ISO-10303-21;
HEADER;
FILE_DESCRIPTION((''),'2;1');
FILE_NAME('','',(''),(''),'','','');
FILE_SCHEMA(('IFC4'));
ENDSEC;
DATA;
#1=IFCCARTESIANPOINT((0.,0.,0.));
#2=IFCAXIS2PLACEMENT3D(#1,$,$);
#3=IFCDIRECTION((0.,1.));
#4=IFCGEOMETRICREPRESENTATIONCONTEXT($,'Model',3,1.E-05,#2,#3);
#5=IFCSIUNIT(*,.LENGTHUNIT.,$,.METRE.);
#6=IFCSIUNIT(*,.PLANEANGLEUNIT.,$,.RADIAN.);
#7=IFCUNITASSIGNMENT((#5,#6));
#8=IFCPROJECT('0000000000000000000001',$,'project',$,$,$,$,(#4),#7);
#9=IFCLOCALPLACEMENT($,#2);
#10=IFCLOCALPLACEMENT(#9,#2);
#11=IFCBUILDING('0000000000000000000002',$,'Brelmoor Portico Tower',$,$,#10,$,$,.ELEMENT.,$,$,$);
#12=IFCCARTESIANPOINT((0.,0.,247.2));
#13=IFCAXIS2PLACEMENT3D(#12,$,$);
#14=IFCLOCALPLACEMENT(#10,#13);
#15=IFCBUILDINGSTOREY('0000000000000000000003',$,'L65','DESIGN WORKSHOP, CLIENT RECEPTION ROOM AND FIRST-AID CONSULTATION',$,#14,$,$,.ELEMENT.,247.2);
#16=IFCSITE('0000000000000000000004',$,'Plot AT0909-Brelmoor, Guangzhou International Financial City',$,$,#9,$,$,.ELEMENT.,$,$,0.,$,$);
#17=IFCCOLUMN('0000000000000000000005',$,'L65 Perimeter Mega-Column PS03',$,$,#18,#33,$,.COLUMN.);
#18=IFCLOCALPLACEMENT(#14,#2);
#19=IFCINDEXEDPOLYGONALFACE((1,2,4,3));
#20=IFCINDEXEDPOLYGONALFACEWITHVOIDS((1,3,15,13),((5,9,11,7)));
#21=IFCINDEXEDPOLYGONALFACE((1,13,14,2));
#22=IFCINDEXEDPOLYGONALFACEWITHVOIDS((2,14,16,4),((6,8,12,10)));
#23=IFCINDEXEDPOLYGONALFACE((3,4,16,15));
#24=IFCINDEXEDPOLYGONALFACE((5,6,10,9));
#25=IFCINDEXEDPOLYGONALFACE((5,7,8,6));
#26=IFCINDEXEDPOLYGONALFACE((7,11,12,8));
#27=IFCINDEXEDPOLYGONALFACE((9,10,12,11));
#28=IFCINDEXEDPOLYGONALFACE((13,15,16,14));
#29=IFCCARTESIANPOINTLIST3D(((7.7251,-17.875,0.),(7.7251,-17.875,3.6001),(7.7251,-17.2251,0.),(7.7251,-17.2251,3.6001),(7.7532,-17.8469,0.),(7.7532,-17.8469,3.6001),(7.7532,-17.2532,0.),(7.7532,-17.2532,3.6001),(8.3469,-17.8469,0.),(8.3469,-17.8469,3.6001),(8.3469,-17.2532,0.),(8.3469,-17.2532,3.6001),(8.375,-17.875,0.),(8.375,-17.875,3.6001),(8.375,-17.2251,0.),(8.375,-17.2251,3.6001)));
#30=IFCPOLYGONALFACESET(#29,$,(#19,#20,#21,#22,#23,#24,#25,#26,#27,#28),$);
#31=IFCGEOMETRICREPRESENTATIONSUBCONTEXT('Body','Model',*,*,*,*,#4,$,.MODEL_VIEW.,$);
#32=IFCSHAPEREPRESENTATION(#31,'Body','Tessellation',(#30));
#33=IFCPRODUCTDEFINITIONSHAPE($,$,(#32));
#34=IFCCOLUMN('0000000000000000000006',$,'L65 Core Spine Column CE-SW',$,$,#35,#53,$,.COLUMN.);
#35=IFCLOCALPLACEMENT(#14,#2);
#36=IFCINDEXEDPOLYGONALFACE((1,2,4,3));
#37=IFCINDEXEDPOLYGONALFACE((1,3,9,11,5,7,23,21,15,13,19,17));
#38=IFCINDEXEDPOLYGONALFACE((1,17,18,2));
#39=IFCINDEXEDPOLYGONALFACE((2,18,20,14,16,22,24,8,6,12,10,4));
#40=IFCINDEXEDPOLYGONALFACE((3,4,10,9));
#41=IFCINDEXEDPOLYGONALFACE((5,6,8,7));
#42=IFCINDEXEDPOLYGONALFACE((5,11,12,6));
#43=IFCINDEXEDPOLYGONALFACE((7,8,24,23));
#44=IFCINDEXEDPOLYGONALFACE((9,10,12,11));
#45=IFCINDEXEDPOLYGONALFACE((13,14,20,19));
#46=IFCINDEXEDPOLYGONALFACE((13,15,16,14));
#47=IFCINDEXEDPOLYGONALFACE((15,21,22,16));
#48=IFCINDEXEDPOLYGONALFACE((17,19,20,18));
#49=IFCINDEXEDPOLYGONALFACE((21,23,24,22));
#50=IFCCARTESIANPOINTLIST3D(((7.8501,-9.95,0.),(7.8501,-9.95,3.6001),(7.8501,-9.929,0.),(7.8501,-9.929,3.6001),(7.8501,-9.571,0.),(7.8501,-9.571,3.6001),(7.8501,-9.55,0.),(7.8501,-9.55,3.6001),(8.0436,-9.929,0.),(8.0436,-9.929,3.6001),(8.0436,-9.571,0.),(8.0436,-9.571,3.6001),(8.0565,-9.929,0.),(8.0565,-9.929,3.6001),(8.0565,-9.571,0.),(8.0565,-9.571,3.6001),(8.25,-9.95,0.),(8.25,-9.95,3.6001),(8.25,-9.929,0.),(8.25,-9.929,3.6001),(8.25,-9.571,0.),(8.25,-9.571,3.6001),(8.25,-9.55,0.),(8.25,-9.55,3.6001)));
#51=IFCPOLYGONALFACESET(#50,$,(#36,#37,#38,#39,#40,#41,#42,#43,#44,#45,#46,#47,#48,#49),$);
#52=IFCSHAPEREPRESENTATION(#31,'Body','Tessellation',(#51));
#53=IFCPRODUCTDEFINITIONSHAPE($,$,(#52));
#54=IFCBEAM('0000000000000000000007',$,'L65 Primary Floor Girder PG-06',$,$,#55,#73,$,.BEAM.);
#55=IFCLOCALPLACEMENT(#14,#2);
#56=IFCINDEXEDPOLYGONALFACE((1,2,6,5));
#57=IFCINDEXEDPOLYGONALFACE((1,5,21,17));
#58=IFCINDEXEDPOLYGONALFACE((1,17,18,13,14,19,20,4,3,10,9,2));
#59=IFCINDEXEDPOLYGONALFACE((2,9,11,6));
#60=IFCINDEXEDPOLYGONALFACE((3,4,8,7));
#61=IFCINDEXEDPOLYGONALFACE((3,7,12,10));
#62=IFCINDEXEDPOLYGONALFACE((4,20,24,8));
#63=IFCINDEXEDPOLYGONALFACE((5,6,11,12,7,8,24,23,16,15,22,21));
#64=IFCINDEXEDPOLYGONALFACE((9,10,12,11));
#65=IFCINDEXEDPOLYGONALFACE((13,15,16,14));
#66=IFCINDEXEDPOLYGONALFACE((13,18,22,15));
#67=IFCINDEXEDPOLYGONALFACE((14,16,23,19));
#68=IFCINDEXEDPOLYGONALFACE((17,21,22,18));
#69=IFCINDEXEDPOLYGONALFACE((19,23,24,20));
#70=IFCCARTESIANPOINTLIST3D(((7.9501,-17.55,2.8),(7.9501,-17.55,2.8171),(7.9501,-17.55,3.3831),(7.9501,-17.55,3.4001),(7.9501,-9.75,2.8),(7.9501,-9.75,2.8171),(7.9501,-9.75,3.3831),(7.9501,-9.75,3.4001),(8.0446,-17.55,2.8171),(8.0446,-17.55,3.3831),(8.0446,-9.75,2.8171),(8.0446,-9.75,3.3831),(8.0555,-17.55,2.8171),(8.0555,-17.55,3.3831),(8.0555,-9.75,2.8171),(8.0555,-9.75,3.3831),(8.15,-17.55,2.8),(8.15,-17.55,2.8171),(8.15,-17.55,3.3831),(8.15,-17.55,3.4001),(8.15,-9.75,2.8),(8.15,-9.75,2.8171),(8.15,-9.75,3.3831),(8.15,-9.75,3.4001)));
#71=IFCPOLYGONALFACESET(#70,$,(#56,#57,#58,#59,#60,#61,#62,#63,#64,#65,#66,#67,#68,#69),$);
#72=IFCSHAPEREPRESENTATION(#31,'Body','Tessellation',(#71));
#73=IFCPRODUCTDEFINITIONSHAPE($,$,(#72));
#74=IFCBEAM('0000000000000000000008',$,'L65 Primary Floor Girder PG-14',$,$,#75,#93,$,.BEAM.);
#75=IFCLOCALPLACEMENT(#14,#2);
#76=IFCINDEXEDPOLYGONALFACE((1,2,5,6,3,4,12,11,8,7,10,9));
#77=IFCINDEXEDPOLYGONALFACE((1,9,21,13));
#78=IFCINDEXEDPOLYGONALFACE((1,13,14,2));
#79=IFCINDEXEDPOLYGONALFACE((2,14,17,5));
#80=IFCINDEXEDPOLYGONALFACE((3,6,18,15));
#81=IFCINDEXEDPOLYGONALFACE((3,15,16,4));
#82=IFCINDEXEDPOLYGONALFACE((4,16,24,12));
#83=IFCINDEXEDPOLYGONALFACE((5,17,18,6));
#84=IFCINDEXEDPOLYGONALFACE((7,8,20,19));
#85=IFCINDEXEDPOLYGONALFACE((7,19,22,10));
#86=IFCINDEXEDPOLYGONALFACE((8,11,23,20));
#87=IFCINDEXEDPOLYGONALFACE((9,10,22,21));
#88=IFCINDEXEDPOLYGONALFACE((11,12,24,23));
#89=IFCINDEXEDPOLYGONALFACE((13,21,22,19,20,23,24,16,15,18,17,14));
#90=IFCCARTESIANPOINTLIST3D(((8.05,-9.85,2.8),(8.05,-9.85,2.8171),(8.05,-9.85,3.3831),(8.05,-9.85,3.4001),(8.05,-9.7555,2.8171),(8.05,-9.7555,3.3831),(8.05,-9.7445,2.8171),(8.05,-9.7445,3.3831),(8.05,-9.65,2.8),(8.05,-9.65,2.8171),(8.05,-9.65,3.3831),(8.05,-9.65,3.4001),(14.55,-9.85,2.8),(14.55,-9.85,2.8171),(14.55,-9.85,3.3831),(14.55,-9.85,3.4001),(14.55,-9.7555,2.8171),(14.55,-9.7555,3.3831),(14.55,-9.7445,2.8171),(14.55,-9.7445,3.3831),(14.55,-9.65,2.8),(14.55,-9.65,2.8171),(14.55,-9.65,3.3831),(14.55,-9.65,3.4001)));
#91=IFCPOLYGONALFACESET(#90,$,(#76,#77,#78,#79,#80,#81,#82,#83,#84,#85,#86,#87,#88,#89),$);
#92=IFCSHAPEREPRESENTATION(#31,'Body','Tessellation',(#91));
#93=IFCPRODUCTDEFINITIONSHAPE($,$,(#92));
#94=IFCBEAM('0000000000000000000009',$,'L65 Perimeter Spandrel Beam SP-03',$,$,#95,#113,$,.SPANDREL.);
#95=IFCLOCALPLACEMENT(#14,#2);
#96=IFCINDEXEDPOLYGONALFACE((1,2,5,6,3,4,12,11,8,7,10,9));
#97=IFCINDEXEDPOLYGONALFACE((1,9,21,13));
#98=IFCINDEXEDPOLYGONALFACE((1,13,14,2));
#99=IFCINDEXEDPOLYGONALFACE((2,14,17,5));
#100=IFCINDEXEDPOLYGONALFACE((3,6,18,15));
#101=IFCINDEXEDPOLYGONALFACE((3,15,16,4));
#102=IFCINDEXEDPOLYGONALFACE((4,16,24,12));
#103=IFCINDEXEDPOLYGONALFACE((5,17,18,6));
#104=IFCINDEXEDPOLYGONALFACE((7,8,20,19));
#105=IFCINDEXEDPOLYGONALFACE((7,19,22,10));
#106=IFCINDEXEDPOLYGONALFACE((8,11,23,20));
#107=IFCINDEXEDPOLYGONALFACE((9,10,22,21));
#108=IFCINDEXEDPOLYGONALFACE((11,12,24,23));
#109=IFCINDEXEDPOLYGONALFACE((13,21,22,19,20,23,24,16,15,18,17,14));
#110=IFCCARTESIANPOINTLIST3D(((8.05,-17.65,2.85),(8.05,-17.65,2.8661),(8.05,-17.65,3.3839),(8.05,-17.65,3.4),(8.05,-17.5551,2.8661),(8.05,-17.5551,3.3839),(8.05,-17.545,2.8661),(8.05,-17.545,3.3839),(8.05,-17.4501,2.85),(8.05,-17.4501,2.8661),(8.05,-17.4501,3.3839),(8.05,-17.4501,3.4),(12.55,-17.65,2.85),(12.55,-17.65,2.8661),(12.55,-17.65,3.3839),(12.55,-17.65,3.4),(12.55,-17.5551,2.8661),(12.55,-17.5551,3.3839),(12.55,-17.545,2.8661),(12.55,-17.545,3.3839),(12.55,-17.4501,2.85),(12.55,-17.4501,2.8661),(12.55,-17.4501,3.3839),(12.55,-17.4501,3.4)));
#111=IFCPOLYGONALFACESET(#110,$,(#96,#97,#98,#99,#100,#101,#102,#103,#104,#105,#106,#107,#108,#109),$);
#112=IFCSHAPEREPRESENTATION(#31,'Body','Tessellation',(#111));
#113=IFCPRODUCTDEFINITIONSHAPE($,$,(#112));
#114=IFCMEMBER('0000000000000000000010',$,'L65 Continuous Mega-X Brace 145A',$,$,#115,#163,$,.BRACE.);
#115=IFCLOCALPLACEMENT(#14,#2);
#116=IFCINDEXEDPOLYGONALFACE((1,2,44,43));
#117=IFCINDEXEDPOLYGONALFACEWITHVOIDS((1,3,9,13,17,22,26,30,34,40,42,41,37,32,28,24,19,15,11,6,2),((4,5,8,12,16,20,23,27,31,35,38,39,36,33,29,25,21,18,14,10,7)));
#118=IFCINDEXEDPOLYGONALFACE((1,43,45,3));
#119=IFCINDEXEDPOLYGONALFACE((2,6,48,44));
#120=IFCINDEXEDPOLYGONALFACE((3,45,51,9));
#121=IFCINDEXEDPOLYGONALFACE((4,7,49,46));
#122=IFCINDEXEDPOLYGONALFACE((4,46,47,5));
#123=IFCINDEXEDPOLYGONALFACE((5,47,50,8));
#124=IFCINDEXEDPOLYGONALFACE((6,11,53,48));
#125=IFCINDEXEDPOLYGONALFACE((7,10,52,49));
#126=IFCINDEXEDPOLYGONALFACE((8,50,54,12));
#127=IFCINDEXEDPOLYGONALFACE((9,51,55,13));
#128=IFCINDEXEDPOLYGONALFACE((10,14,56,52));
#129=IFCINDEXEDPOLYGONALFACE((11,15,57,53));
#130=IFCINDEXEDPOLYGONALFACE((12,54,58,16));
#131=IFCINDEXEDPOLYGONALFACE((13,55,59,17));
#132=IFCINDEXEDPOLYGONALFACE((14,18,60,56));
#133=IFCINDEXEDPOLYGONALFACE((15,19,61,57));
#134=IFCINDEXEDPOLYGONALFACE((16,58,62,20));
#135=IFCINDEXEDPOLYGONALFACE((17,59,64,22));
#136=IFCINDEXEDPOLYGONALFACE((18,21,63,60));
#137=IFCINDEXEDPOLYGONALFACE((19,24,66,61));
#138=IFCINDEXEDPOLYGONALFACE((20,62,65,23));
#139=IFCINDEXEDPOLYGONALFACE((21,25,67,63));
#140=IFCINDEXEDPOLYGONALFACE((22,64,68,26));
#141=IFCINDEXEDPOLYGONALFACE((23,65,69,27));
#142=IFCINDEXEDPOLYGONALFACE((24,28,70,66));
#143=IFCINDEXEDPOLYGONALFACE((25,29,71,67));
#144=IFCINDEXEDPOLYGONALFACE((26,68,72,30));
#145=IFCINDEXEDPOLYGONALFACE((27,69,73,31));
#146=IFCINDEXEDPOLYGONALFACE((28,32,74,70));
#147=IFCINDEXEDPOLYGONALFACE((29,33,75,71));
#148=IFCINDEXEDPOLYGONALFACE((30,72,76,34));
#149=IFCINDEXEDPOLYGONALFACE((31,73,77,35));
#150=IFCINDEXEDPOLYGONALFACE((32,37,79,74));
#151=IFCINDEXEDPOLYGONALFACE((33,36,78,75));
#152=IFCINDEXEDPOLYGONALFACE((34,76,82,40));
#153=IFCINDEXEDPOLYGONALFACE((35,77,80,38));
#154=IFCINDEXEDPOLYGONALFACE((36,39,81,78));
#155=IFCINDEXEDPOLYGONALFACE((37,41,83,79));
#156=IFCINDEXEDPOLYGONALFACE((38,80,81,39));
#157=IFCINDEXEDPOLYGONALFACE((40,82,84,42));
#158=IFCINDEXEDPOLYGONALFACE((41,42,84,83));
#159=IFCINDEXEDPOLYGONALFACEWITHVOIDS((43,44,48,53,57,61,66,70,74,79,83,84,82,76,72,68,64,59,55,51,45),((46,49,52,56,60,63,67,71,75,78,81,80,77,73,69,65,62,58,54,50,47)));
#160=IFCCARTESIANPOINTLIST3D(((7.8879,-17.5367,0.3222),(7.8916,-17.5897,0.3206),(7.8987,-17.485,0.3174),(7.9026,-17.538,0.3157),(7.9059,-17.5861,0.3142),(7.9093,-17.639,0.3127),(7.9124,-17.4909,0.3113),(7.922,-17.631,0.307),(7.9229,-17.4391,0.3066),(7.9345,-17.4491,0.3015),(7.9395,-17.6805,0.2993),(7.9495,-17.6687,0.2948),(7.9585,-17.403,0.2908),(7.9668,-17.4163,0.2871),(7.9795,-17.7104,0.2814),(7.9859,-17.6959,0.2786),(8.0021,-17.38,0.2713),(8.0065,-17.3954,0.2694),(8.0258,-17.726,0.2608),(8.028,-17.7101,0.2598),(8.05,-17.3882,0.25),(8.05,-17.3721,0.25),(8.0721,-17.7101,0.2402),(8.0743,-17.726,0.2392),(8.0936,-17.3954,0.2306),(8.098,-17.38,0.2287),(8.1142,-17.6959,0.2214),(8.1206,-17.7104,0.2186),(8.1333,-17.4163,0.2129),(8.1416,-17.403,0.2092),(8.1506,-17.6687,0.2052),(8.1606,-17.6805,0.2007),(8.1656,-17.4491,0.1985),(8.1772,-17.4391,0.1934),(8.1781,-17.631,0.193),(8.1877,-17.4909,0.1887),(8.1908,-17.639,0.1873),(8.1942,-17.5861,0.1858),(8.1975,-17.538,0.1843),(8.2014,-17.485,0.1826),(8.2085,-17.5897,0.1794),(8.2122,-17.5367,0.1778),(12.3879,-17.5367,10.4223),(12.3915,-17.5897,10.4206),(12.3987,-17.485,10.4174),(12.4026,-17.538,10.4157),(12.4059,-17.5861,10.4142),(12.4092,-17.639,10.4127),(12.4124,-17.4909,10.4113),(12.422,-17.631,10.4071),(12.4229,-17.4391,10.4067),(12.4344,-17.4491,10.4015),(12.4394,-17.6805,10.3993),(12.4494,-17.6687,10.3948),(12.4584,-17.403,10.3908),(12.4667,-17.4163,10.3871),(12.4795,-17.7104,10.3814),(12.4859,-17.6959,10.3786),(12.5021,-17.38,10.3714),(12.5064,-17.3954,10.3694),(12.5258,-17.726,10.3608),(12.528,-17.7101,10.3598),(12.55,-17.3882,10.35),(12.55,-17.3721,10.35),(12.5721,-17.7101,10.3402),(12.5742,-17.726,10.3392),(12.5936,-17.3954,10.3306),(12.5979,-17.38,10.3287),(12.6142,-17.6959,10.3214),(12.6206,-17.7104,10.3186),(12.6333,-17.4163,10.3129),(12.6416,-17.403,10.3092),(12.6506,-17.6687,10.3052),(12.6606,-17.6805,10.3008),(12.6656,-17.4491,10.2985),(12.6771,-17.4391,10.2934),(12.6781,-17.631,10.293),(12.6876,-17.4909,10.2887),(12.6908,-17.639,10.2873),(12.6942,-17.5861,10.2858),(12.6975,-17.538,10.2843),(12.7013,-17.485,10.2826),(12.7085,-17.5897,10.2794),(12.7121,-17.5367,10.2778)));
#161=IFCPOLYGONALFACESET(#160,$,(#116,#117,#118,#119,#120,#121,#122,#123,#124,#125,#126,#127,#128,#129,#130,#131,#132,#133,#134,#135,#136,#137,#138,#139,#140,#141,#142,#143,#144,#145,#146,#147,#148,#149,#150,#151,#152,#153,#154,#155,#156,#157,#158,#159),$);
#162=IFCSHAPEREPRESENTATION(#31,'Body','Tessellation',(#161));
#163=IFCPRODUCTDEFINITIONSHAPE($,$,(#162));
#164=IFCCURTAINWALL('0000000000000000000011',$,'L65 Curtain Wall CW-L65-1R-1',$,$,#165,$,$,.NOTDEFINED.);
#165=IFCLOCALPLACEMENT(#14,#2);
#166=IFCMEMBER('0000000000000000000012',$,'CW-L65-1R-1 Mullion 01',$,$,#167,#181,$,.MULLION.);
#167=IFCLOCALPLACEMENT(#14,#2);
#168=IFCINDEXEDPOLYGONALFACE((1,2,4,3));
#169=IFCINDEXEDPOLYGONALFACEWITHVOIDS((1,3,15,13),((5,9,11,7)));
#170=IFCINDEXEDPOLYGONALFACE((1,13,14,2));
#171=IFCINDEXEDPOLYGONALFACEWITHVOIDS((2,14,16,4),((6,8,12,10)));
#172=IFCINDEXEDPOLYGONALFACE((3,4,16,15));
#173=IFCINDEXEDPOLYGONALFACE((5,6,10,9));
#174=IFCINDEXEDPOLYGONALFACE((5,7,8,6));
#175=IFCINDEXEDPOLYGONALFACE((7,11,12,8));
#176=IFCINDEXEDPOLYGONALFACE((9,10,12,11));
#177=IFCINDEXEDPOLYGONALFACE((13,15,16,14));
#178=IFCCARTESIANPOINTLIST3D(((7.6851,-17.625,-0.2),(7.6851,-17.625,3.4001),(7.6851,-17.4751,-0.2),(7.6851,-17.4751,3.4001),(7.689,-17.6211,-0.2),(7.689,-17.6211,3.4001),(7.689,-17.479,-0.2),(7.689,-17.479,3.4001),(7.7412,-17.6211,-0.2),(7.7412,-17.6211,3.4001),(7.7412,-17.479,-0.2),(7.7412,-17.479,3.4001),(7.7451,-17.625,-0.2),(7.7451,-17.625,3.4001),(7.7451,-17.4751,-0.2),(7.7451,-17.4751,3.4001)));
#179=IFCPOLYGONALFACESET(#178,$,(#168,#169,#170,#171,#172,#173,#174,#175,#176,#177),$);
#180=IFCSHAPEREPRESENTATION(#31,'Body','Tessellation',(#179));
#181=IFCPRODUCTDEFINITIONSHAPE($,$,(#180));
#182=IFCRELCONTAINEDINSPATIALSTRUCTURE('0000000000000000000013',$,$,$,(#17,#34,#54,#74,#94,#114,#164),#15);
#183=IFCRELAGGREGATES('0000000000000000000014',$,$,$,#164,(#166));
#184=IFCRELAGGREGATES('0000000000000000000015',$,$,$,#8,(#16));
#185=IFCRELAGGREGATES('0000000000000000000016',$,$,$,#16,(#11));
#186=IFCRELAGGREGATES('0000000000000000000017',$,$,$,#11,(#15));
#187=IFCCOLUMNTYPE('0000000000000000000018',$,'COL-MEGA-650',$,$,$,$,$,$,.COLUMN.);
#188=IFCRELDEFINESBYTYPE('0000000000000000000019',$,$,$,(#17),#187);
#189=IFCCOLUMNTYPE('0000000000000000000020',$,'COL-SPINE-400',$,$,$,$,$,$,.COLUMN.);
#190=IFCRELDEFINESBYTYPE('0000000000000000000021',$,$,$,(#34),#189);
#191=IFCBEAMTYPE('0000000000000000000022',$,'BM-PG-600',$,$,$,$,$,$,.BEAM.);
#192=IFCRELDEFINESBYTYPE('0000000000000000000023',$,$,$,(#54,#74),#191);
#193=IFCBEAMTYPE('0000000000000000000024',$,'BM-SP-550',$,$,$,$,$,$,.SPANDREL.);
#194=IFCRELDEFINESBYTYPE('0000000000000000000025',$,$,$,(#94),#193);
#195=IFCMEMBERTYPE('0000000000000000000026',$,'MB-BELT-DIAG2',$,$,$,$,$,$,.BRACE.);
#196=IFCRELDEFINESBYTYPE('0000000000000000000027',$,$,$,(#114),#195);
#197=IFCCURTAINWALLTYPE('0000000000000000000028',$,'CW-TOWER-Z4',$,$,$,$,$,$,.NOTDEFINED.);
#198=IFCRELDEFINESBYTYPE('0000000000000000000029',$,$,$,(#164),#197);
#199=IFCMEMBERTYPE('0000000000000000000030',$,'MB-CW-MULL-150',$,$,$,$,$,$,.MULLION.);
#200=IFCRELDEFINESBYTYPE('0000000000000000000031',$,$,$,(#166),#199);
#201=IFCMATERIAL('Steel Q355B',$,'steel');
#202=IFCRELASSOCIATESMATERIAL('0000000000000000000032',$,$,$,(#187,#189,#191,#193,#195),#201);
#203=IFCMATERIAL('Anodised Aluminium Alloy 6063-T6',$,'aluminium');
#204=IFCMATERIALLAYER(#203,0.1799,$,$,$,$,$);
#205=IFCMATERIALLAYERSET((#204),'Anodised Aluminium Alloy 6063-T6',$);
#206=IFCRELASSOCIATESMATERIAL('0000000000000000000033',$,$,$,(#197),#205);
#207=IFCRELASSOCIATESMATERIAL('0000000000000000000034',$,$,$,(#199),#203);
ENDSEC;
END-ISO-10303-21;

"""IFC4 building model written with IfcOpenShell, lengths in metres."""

from ifc_helpers import new_model, si_unit, direction, frame, origin, origin_2d, place, context, subcontext, project, spatial, hollow_rectangle, hollow_circle, i_section, extrude, material, layer, layer_set, material_profile, profile_set, type_object, element, aggregate, save


model = new_model("IFC4")

# Units and contexts
model_context = context("Model", 3, precision=1e-05, world=origin(), true_north=direction((0.0, 1.0)))
body_context = subcontext(model_context, "Body", "Model", "MODEL_VIEW")
ifc_project = project(units=[si_unit("LENGTHUNIT", "METRE"), si_unit("PLANEANGLEUNIT", "RADIAN")], contexts=[model_context])

# Site, building, storey
site_placement = place(None, origin())
site = spatial("IfcSite", under=ifc_project, at=site_placement, Name="Plot AT0909-Brelmoor, Guangzhou International Financial City", CompositionType="ELEMENT", RefElevation=0.0)
building_placement = place(site_placement, origin())
building = spatial("IfcBuilding", under=site, at=building_placement, Name="Brelmoor Portico Tower", CompositionType="ELEMENT")
storey_placement = place(building_placement, frame((0.0, 0.0, 247.2)))
storey = spatial("IfcBuildingStorey", under=building, at=storey_placement, Name="L65", Description="DESIGN WORKSHOP, CLIENT RECEPTION ROOM AND FIRST-AID CONSULTATION", CompositionType="ELEMENT", Elevation=247.2)

# Columns
ifc_material_1 = material(Name="Steel Q355B", Category="steel")
ifc_material_profile_1 = material_profile(ifc_material_1, hollow_rectangle(XDim=0.6499, YDim=0.6499, WallThickness=0.0281, at=origin_2d()), Name="BOX 650x650x28")
ifc_profile_set_1 = profile_set([ifc_material_profile_1], Name="Steel Q355B")
column_type_1 = type_object("IfcColumnType", Name="COL-MEGA-650", PredefinedType="COLUMN", material=ifc_profile_set_1)
column_1_placement = place(storey_placement, frame((8.05, -17.55, 0.0), z_axis=(0.0, 0.0, 1.0), x_axis=(1.0, 0.0, 0.0)))
element("IfcColumn", 1, at=column_1_placement, inside=storey, type_object=column_type_1, Name="L65 Perimeter Mega-Column PS03", PredefinedType="COLUMN", context=body_context, shape_type="SweptSolid", body=[
    extrude(hollow_rectangle(XDim=0.6499, YDim=0.6499, WallThickness=0.0281, at=origin_2d()), origin(), (0.0, 0.0, 1.0), 3.6001),
])
ifc_material_profile_2 = material_profile(ifc_material_1, i_section(OverallWidth=0.3999, OverallDepth=0.3999, WebThickness=0.0129, FlangeThickness=0.021, at=origin_2d()), Name="HW 400x400x13x21")
ifc_profile_set_2 = profile_set([ifc_material_profile_2], Name="Steel Q355B")
column_type_2 = type_object("IfcColumnType", Name="COL-SPINE-400", PredefinedType="COLUMN", material=ifc_profile_set_2)
column_2_placement = place(storey_placement, frame((8.05, -9.75, 0.0), z_axis=(0.0, 0.0, 1.0), x_axis=(1.0, 0.0, 0.0)))
element("IfcColumn", 2, at=column_2_placement, inside=storey, type_object=column_type_2, Name="L65 Core Spine Column CE-SW", PredefinedType="COLUMN", context=body_context, shape_type="SweptSolid", body=[
    extrude(i_section(OverallWidth=0.3999, OverallDepth=0.3999, WebThickness=0.0129, FlangeThickness=0.021, at=origin_2d()), origin(), (0.0, 0.0, 1.0), 3.6001),
])

# Beams
ifc_material_profile_3 = material_profile(ifc_material_1, i_section(OverallWidth=0.2, OverallDepth=0.6001, WebThickness=0.011, FlangeThickness=0.0171, at=origin_2d()), Name="HN 600x200x11x17")
ifc_profile_set_3 = profile_set([ifc_material_profile_3], Name="Steel Q355B")
beam_type_1 = type_object("IfcBeamType", Name="BM-PG-600", PredefinedType="BEAM", material=ifc_profile_set_3)
beam_1_placement = place(storey_placement, frame((8.05, -17.55, 3.1001), z_axis=(0.0, 1.0, 0.0), x_axis=(-1.0, 0.0, 0.0)))
element("IfcBeam", 3, at=beam_1_placement, inside=storey, type_object=beam_type_1, Name="L65 Primary Floor Girder PG-06", PredefinedType="BEAM", context=body_context, shape_type="SweptSolid", body=[
    extrude(i_section(OverallWidth=0.2, OverallDepth=0.6001, WebThickness=0.011, FlangeThickness=0.0171, at=origin_2d()), origin(), (0.0, 0.0, 1.0), 7.8),
])
beam_2_placement = place(storey_placement, frame((8.05, -9.75, 3.1001), z_axis=(1.0, 0.0, 0.0), x_axis=(0.0, 1.0, 0.0)))
element("IfcBeam", 4, at=beam_2_placement, inside=storey, type_object=beam_type_1, Name="L65 Primary Floor Girder PG-14", PredefinedType="BEAM", context=body_context, shape_type="SweptSolid", body=[
    extrude(i_section(OverallWidth=0.2, OverallDepth=0.6001, WebThickness=0.011, FlangeThickness=0.0171, at=origin_2d()), origin(), (0.0, 0.0, 1.0), 6.5),
])
ifc_material_profile_4 = material_profile(ifc_material_1, i_section(OverallWidth=0.2, OverallDepth=0.55, WebThickness=0.01, FlangeThickness=0.0161, at=origin_2d()), Name="HN 550x200x10x16")
ifc_profile_set_4 = profile_set([ifc_material_profile_4], Name="Steel Q355B")
beam_type_2 = type_object("IfcBeamType", Name="BM-SP-550", PredefinedType="SPANDREL", material=ifc_profile_set_4)
beam_3_placement = place(storey_placement, frame((8.05, -17.55, 3.125), z_axis=(1.0, 0.0, 0.0), x_axis=(0.0, 1.0, 0.0)))
element("IfcBeam", 5, at=beam_3_placement, inside=storey, type_object=beam_type_2, Name="L65 Perimeter Spandrel Beam SP-03", PredefinedType="SPANDREL", context=body_context, shape_type="SweptSolid", body=[
    extrude(i_section(OverallWidth=0.2, OverallDepth=0.55, WebThickness=0.01, FlangeThickness=0.0161, at=origin_2d()), origin(), (0.0, 0.0, 1.0), 4.5),
])

# Member
ifc_material_profile_5 = material_profile(ifc_material_1, hollow_circle(Radius=0.178, WallThickness=0.0161, at=origin_2d()), Name="CHS 356x16")
ifc_profile_set_5 = profile_set([ifc_material_profile_5], Name="Steel Q355B")
member_type_1 = type_object("IfcMemberType", Name="MB-BELT-DIAG2", PredefinedType="BRACE", material=ifc_profile_set_5)
member_1_placement = place(storey_placement, frame((8.05, -17.55, 0.25), z_axis=(0.406974, 0.0, 0.91344), x_axis=(0.0, 1.0, 0.0)))
element("IfcMember", 6, at=member_1_placement, inside=storey, type_object=member_type_1, Name="L65 Continuous Mega-X Brace 145A", PredefinedType="BRACE", context=body_context, shape_type="SweptSolid", body=[
    extrude(hollow_circle(Radius=0.178, WallThickness=0.0161, at=origin_2d()), origin(), (0.0, 0.0, 1.0), 11.0571),
])

# Curtain wall, member
ifc_material_2 = material(Name="Anodised Aluminium Alloy 6063-T6", Category="aluminium")
ifc_layer_1 = layer(ifc_material_2, 0.1799)
ifc_layer_set_1 = layer_set([ifc_layer_1], Name="Anodised Aluminium Alloy 6063-T6")
curtain_wall_type_1 = type_object("IfcCurtainWallType", Name="CW-TOWER-Z4", PredefinedType="NOTDEFINED", material=ifc_layer_set_1)
curtain_wall_1_placement = place(storey_placement, origin())
curtain_wall_1 = element("IfcCurtainWall", 7, at=curtain_wall_1_placement, inside=storey, type_object=curtain_wall_type_1, Name="L65 Curtain Wall CW-L65-1R-1", PredefinedType="NOTDEFINED")
ifc_material_profile_6 = material_profile(ifc_material_2, hollow_rectangle(XDim=0.0601, YDim=0.1499, WallThickness=0.0039, at=origin_2d()), Name="ALU MULLION 60x150")
ifc_profile_set_6 = profile_set([ifc_material_profile_6], Name="Anodised Aluminium Alloy 6063-T6")
member_type_2 = type_object("IfcMemberType", Name="MB-CW-MULL-150", PredefinedType="MULLION", material=ifc_profile_set_6)
member_2_placement = place(storey_placement, frame((7.7151, -17.55, -0.2), z_axis=(0.0, 0.0, 1.0), x_axis=(1.0, 0.0, 0.0)))
member_2 = element("IfcMember", 8, at=member_2_placement, type_object=member_type_2, Name="CW-L65-1R-1 Mullion 01", PredefinedType="MULLION", context=body_context, shape_type="SweptSolid", body=[
    extrude(hollow_rectangle(XDim=0.0601, YDim=0.1499, WallThickness=0.0039, at=origin_2d()), origin(), (0.0, 0.0, 1.0), 3.6001),
])

aggregate(curtain_wall_1, [member_2])

save(model, "model.ifc")
